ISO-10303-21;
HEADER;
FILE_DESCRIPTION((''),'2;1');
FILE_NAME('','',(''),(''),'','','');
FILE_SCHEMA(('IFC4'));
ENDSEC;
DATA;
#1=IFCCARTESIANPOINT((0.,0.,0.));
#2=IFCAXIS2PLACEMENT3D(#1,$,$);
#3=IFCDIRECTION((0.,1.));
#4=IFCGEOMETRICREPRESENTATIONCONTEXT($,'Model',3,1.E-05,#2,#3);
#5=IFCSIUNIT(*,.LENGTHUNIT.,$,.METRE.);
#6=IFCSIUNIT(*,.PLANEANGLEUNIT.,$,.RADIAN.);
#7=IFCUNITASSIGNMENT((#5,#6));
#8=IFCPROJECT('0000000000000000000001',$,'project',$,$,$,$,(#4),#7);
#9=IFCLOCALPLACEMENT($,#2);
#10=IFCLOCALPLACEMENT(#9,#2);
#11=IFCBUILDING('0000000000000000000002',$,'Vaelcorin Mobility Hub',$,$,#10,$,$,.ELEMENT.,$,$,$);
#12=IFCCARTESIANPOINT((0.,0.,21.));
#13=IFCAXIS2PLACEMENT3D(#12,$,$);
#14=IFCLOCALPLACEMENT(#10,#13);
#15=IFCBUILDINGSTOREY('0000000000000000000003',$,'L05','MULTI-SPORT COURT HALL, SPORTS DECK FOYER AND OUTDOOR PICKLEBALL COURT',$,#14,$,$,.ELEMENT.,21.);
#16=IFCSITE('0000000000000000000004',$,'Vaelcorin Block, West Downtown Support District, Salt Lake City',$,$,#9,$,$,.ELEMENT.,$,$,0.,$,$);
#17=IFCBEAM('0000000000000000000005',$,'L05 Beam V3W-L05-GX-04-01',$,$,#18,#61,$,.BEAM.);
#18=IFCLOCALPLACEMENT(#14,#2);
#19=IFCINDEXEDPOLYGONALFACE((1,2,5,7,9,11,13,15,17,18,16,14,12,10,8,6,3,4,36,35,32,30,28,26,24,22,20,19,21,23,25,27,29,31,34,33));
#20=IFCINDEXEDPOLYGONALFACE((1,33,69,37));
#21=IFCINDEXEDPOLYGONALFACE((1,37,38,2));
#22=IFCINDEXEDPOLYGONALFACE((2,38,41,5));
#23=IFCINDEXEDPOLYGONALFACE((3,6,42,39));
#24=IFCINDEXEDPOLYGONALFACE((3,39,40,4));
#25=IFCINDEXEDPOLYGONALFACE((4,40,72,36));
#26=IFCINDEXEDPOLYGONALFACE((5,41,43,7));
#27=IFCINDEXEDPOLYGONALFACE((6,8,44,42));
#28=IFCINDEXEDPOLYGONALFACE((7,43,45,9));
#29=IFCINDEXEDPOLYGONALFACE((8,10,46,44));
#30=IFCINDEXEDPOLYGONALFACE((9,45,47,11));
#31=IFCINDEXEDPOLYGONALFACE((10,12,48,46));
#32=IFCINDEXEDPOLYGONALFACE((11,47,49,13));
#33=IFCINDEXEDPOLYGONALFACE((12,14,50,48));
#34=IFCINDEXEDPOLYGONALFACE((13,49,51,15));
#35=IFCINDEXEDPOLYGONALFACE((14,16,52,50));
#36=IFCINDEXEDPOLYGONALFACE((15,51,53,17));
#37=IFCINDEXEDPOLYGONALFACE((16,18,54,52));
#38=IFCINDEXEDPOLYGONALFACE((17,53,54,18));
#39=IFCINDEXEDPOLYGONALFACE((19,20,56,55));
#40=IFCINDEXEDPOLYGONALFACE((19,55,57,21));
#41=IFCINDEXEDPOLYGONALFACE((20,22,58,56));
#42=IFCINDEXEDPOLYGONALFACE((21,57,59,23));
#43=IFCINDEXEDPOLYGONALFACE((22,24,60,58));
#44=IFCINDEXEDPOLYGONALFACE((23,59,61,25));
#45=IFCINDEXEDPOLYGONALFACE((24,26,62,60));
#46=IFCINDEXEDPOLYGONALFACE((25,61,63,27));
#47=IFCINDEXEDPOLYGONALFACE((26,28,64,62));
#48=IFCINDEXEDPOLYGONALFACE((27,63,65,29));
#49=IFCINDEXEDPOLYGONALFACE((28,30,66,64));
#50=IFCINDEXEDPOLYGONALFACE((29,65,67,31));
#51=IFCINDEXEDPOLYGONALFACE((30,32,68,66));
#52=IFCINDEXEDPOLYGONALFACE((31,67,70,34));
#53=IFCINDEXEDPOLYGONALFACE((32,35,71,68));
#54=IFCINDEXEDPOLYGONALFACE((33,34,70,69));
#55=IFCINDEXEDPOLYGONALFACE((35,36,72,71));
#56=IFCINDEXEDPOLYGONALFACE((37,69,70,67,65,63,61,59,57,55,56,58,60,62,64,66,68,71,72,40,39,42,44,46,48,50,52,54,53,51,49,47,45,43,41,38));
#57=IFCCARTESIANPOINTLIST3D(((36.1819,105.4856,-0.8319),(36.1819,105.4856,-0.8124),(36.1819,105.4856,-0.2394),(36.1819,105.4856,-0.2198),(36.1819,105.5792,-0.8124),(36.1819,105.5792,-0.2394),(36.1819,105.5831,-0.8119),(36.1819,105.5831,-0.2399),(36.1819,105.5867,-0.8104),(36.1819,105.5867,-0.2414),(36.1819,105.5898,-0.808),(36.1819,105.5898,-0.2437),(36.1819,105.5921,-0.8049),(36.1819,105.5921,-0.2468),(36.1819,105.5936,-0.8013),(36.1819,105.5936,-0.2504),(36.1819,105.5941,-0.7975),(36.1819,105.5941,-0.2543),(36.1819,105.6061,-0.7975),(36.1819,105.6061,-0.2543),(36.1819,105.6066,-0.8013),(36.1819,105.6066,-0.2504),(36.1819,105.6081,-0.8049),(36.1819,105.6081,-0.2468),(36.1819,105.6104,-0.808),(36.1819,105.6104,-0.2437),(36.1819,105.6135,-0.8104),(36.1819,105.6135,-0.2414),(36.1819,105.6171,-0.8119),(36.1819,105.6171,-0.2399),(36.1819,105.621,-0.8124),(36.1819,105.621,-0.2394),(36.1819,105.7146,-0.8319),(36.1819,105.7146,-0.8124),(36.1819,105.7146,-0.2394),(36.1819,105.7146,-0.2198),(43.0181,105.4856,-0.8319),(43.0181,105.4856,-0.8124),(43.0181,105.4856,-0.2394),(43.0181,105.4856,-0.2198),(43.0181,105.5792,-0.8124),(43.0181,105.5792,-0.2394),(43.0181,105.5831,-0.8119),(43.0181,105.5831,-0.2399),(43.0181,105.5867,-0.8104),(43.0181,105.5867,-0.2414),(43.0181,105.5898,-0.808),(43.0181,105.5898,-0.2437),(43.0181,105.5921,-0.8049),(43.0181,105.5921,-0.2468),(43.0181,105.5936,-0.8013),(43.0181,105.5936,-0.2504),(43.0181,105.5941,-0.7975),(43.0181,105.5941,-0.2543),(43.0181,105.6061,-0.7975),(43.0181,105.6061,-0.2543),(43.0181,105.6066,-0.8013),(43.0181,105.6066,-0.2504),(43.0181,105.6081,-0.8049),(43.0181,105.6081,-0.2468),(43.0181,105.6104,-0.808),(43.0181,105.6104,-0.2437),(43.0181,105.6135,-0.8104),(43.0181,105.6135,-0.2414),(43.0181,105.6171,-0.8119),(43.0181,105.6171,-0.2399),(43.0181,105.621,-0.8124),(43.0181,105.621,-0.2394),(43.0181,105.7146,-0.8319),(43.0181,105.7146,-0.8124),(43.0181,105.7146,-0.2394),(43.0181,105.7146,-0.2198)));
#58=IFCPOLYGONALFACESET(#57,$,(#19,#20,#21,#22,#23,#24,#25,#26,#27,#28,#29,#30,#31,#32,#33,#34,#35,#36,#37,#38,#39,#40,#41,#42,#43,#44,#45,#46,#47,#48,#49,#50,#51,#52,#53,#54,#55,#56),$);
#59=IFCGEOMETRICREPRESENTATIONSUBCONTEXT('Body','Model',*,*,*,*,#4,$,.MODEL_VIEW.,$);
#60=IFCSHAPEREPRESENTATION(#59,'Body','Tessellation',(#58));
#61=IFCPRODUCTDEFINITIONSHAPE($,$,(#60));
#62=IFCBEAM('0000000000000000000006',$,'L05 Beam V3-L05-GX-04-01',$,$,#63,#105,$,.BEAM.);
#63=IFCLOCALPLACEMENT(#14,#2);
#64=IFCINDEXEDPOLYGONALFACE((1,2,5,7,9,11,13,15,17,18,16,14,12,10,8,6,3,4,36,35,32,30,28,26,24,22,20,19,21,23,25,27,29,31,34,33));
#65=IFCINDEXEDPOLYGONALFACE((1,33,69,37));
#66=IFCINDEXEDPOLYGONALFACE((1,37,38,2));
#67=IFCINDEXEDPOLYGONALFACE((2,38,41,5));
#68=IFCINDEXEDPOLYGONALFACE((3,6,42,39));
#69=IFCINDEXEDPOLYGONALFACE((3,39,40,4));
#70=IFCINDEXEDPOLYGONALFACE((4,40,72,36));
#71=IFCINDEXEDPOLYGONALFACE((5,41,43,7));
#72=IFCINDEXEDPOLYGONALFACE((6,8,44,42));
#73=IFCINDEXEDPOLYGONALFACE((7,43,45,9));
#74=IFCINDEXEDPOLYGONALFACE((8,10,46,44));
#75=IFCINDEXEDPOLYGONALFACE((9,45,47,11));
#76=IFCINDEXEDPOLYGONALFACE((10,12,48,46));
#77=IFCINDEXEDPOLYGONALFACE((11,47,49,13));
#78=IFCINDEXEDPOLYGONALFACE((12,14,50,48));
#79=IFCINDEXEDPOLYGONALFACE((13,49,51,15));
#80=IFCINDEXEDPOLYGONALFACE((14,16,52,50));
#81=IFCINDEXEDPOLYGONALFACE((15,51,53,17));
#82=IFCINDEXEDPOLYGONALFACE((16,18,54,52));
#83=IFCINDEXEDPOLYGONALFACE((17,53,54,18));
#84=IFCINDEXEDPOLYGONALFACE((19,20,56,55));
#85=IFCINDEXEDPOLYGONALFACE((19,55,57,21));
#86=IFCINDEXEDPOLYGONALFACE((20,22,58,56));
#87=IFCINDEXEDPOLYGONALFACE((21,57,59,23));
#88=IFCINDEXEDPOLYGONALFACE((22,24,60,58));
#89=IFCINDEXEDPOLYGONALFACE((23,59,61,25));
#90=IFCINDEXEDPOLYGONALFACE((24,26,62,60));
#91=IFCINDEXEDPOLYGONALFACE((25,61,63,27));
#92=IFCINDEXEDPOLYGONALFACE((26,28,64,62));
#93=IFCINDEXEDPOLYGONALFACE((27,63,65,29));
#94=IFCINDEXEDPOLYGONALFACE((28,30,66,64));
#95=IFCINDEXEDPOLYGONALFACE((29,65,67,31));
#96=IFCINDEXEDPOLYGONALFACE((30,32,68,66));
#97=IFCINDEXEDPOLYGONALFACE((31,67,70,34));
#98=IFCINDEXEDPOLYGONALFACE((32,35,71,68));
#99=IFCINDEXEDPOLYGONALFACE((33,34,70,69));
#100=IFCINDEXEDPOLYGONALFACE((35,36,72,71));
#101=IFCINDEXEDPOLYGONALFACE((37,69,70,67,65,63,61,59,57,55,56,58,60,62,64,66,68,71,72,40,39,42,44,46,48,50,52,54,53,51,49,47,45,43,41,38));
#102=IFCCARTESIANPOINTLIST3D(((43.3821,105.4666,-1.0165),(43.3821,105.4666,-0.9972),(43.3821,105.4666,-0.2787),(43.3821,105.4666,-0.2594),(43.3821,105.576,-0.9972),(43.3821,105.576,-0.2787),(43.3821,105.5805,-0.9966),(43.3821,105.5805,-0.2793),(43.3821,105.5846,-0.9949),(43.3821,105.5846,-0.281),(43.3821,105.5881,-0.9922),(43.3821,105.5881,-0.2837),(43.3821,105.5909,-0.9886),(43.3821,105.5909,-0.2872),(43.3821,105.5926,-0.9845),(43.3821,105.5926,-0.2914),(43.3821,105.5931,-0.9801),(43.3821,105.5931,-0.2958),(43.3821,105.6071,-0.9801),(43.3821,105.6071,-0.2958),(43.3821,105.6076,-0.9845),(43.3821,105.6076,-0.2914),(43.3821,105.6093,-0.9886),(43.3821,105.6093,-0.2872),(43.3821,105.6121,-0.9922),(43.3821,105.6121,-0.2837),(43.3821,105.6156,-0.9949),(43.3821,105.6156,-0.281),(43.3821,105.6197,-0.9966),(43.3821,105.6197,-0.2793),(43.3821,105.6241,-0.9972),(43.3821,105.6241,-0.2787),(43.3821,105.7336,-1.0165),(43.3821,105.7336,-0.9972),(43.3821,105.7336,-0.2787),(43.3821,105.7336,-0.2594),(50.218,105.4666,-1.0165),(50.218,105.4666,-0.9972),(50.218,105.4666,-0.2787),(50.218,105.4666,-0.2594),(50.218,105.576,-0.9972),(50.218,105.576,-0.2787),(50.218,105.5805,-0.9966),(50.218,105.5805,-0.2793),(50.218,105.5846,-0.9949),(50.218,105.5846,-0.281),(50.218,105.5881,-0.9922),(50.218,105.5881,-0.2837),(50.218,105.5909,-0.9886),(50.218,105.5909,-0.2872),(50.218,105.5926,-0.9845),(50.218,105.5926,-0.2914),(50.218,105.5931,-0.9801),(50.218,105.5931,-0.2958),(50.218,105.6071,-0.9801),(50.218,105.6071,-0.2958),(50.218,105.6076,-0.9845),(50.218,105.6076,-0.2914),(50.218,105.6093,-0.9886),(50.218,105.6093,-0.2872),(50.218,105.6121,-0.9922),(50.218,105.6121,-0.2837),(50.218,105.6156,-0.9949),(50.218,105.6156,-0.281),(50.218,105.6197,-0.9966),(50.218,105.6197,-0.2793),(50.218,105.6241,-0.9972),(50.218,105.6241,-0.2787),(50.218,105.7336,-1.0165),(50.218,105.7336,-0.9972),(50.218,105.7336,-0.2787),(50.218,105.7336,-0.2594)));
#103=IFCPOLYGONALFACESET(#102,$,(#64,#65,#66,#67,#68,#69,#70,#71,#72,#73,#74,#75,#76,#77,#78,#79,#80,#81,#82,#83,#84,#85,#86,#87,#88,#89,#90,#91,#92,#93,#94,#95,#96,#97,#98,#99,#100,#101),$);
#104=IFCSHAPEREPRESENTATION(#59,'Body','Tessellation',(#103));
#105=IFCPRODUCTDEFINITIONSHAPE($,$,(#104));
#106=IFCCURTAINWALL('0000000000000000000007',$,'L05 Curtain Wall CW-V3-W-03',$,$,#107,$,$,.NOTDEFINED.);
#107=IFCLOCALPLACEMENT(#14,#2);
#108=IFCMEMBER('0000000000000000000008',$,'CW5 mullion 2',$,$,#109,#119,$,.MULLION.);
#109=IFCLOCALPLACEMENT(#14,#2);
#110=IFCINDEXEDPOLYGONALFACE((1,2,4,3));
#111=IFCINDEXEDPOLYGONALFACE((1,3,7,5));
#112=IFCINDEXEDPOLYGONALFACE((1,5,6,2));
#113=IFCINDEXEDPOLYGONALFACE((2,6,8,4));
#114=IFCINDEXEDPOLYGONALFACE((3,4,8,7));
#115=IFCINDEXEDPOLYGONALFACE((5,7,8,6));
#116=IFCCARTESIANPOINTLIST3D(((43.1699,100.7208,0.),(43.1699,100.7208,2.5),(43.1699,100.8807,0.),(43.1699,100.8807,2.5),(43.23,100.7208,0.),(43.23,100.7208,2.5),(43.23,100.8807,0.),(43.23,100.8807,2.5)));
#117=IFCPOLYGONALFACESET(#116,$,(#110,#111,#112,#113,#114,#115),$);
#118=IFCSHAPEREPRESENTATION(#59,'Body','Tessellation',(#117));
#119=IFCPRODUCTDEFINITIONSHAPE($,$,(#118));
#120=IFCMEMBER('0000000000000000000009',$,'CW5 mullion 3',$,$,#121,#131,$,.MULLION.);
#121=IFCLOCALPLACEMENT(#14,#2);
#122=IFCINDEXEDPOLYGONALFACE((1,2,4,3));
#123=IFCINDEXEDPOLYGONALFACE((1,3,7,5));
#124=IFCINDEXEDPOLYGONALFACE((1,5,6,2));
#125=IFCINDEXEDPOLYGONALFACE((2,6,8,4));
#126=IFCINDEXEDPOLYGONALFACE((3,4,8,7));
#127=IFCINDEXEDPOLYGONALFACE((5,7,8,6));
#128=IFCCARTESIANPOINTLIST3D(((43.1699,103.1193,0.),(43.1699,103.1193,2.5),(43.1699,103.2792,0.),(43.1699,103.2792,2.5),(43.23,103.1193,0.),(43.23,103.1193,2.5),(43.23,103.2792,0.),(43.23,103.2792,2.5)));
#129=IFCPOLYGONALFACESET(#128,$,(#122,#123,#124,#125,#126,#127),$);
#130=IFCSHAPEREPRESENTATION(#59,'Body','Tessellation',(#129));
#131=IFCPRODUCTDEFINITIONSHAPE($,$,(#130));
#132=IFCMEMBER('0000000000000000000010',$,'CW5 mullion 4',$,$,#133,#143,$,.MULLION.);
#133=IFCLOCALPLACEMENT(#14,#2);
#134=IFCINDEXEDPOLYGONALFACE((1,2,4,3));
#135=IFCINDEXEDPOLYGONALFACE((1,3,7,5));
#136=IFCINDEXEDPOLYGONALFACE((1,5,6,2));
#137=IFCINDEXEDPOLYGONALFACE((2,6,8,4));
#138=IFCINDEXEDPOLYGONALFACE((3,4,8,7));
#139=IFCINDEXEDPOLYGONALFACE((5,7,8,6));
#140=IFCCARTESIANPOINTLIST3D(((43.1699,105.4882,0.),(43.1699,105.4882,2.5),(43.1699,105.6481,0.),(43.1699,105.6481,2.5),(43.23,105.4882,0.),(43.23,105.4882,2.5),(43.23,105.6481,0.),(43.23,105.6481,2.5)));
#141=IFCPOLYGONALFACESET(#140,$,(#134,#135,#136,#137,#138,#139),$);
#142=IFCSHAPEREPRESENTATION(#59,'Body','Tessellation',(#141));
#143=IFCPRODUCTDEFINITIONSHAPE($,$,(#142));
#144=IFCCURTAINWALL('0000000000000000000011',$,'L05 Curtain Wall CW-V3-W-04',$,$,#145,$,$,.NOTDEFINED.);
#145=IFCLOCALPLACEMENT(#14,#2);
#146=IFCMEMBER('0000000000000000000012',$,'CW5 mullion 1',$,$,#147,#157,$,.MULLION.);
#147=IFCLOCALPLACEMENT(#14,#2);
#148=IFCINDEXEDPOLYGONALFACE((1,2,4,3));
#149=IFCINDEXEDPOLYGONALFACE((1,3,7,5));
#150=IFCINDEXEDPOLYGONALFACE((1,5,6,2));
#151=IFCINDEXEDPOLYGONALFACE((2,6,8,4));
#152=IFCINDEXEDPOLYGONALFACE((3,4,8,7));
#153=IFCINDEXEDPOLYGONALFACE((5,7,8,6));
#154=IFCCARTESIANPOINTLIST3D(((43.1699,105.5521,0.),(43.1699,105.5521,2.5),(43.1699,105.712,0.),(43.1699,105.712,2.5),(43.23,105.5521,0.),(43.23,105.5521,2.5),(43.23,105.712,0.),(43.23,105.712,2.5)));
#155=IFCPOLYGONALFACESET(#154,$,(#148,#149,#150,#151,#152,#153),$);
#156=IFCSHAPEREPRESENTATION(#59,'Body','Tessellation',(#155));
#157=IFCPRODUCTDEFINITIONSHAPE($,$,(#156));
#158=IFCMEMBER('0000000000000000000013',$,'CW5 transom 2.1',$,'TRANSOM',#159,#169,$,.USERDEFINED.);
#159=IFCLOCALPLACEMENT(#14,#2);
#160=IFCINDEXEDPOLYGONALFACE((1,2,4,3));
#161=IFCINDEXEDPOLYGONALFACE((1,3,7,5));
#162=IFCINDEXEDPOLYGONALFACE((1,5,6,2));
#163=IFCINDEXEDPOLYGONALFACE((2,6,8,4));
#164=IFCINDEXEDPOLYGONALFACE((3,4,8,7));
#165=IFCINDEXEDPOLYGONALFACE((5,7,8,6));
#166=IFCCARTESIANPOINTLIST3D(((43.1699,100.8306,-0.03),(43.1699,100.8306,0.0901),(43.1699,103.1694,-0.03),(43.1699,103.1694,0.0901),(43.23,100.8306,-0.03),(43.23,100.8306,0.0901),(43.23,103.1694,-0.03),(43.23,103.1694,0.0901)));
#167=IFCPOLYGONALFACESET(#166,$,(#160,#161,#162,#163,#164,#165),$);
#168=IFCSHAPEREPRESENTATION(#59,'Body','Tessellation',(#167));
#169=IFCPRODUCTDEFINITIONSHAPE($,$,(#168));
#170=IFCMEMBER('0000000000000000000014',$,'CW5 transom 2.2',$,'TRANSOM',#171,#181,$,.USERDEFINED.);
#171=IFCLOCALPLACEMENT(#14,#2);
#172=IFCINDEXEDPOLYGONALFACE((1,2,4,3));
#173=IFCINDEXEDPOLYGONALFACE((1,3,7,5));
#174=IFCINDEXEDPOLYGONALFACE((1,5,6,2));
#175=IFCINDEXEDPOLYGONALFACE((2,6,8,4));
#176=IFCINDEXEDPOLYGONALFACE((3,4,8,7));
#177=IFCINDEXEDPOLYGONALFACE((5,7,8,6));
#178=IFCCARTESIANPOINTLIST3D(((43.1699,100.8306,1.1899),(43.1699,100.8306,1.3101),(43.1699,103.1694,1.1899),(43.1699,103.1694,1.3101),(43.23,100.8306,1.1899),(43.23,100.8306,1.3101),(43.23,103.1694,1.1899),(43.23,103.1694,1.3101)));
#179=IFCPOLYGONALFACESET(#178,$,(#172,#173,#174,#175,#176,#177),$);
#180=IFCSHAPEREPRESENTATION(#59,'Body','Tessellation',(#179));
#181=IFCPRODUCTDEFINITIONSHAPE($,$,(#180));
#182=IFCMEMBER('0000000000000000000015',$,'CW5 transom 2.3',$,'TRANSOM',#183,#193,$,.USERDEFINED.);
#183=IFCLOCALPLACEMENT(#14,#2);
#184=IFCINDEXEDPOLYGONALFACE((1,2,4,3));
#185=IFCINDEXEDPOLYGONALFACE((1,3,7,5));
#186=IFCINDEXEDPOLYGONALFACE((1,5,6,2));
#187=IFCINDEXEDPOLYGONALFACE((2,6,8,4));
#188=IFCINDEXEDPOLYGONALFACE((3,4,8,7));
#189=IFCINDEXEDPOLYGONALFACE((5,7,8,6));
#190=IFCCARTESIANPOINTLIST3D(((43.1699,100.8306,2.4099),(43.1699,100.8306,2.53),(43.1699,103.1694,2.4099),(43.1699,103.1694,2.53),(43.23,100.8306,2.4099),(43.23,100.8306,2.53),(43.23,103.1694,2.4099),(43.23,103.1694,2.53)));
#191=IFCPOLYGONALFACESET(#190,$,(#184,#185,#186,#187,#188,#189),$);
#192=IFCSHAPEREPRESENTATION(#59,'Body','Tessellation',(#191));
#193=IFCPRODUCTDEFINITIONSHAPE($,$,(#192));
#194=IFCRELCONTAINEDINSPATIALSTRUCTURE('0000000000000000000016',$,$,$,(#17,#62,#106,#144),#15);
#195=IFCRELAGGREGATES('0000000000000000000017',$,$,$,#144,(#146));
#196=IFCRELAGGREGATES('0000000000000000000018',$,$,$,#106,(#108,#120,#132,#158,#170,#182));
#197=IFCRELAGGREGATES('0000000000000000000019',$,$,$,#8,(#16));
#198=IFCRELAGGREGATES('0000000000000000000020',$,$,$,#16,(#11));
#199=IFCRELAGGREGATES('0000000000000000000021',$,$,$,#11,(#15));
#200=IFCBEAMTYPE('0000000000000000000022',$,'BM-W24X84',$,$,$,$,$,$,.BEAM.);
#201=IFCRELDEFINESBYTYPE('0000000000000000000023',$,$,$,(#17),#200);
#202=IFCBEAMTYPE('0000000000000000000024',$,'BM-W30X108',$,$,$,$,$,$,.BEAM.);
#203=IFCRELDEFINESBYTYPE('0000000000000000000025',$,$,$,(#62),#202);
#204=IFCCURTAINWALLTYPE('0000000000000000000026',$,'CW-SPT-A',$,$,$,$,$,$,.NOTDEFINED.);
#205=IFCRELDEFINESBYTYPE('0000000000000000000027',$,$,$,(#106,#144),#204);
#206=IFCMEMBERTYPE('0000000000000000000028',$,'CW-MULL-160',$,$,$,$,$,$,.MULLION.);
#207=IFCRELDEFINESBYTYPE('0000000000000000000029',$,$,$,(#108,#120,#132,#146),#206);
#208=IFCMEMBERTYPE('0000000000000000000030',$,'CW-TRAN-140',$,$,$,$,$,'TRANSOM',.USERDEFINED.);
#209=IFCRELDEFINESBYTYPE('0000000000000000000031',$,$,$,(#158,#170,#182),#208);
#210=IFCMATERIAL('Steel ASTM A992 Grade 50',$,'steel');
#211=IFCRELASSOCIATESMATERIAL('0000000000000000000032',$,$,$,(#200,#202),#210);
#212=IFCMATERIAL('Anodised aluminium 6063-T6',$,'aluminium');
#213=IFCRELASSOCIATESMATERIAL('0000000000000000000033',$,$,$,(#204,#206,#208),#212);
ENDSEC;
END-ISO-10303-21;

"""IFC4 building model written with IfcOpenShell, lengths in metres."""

from ifc_helpers import new_model, si_unit, direction, frame, origin, origin_2d, place, context, subcontext, project, spatial, rectangle, i_section, extrude, material, material_profile, profile_set, type_object, element, aggregate, save


model = new_model("IFC4")

# Units and contexts
model_context = context("Model", 3, precision=1e-05, world=origin(), true_north=direction((0.0, 1.0)))
body_context = subcontext(model_context, "Body", "Model", "MODEL_VIEW")
ifc_project = project(units=[si_unit("LENGTHUNIT", "METRE"), si_unit("PLANEANGLEUNIT", "RADIAN")], contexts=[model_context])

# Site, building, storey
site_placement = place(None, origin())
site = spatial("IfcSite", under=ifc_project, at=site_placement, Name="Vaelcorin Block, West Downtown Support District, Salt Lake City", CompositionType="ELEMENT", RefElevation=0.0)
building_placement = place(site_placement, origin())
building = spatial("IfcBuilding", under=site, at=building_placement, Name="Vaelcorin Mobility Hub", CompositionType="ELEMENT")
storey_placement = place(building_placement, frame((0.0, 0.0, 21.0)))
storey = spatial("IfcBuildingStorey", under=building, at=storey_placement, Name="L05", Description="MULTI-SPORT COURT HALL, SPORTS DECK FOYER AND OUTDOOR PICKLEBALL COURT", CompositionType="ELEMENT", Elevation=21.0)

# Shared definitions
ifc_material_1 = material(Name="Steel ASTM A992 Grade 50", Category="steel")

# Beams
ifc_material_profile_1 = material_profile(ifc_material_1, i_section(OverallWidth=0.229, OverallDepth=0.6121, WebThickness=0.012, FlangeThickness=0.0195, FilletRadius=0.0149, at=origin_2d()), Name="W24X84")
ifc_profile_set_1 = profile_set([ifc_material_profile_1], Name="Steel ASTM A992 Grade 50")
beam_type_1 = type_object("IfcBeamType", Name="BM-W24X84", PredefinedType="BEAM", material=ifc_profile_set_1)
beam_1_placement = place(storey_placement, frame((36.1819, 105.6001, -0.5259), z_axis=(1.0, 0.0, 0.0), x_axis=(0.0, 1.0, 0.0)))
element("IfcBeam", 1, at=beam_1_placement, inside=storey, type_object=beam_type_1, Name="L05 Beam V3W-L05-GX-04-01", PredefinedType="BEAM", context=body_context, shape_type="SweptSolid", body=[
    extrude(i_section(OverallWidth=0.229, OverallDepth=0.6121, WebThickness=0.012, FlangeThickness=0.0195, FilletRadius=0.0149, at=origin_2d()), origin(), (0.0, 0.0, 1.0), 6.8362),
])
ifc_material_profile_2 = material_profile(ifc_material_1, i_section(OverallWidth=0.2671, OverallDepth=0.7571, WebThickness=0.0139, FlangeThickness=0.0193, FilletRadius=0.0171, at=origin_2d()), Name="W30X108")
ifc_profile_set_2 = profile_set([ifc_material_profile_2], Name="Steel ASTM A992 Grade 50")
beam_type_2 = type_object("IfcBeamType", Name="BM-W30X108", PredefinedType="BEAM", material=ifc_profile_set_2)
beam_2_placement = place(storey_placement, frame((43.3821, 105.6001, -0.6379), z_axis=(1.0, 0.0, 0.0), x_axis=(0.0, 1.0, 0.0)))
element("IfcBeam", 2, at=beam_2_placement, inside=storey, type_object=beam_type_2, Name="L05 Beam V3-L05-GX-04-01", PredefinedType="BEAM", context=body_context, shape_type="SweptSolid", body=[
    extrude(i_section(OverallWidth=0.2671, OverallDepth=0.7571, WebThickness=0.0139, FlangeThickness=0.0193, FilletRadius=0.0171, at=origin_2d()), origin(), (0.0, 0.0, 1.0), 6.8359),
])

# Curtain wall, members
ifc_material_2 = material(Name="Anodised aluminium 6063-T6", Category="aluminium")
curtain_wall_type = type_object("IfcCurtainWallType", Name="CW-SPT-A", PredefinedType="NOTDEFINED", material=ifc_material_2)
curtain_wall_1_placement = place(storey_placement, origin())
curtain_wall_1 = element("IfcCurtainWall", 3, at=curtain_wall_1_placement, inside=storey, type_object=curtain_wall_type, Name="L05 Curtain Wall CW-V3-W-03", PredefinedType="NOTDEFINED")
ifc_material_profile_3 = material_profile(ifc_material_2, rectangle(XDim=0.0601, YDim=0.1599, at=origin_2d()), Name="ALU-M60X160")
ifc_profile_set_3 = profile_set([ifc_material_profile_3], Name="Anodised aluminium 6063-T6")
member_type_1 = type_object("IfcMemberType", Name="CW-MULL-160", PredefinedType="MULLION", material=ifc_profile_set_3)
member_1_placement = place(storey_placement, frame((43.2, 100.8008, 0.0), z_axis=(0.0, 0.0, 1.0), x_axis=(-1.0, 0.0, 0.0)))
member_1 = element("IfcMember", 4, at=member_1_placement, type_object=member_type_1, Name="CW5 mullion 2", PredefinedType="MULLION", context=body_context, shape_type="SweptSolid", body=[
    extrude(rectangle(XDim=0.0601, YDim=0.1599, at=origin_2d()), origin(), (0.0, 0.0, 1.0), 2.5),
])
member_2_placement = place(storey_placement, frame((43.2, 103.1992, 0.0), z_axis=(0.0, 0.0, 1.0), x_axis=(-1.0, 0.0, 0.0)))
member_2 = element("IfcMember", 5, at=member_2_placement, type_object=member_type_1, Name="CW5 mullion 3", PredefinedType="MULLION", context=body_context, shape_type="SweptSolid", body=[
    extrude(rectangle(XDim=0.0601, YDim=0.1599, at=origin_2d()), origin(), (0.0, 0.0, 1.0), 2.5),
])
member_3_placement = place(storey_placement, frame((43.2, 105.5681, 0.0), z_axis=(0.0, 0.0, 1.0), x_axis=(-1.0, 0.0, 0.0)))
member_3 = element("IfcMember", 6, at=member_3_placement, type_object=member_type_1, Name="CW5 mullion 4", PredefinedType="MULLION", context=body_context, shape_type="SweptSolid", body=[
    extrude(rectangle(XDim=0.0601, YDim=0.1599, at=origin_2d()), origin(), (0.0, 0.0, 1.0), 2.5),
])

# Curtain wall, member
curtain_wall_2_placement = place(storey_placement, origin())
curtain_wall_2 = element("IfcCurtainWall", 7, at=curtain_wall_2_placement, inside=storey, type_object=curtain_wall_type, Name="L05 Curtain Wall CW-V3-W-04", PredefinedType="NOTDEFINED")
member_4_placement = place(storey_placement, frame((43.2, 105.6321, 0.0), z_axis=(0.0, 0.0, 1.0), x_axis=(-1.0, 0.0, 0.0)))
member_4 = element("IfcMember", 8, at=member_4_placement, type_object=member_type_1, Name="CW5 mullion 1", PredefinedType="MULLION", context=body_context, shape_type="SweptSolid", body=[
    extrude(rectangle(XDim=0.0601, YDim=0.1599, at=origin_2d()), origin(), (0.0, 0.0, 1.0), 2.5),
])

# Members
ifc_material_profile_4 = material_profile(ifc_material_2, rectangle(XDim=0.0601, YDim=0.1201, at=origin_2d()), Name="ALU-T60X120")
ifc_profile_set_4 = profile_set([ifc_material_profile_4], Name="Anodised aluminium 6063-T6")
member_type_2 = type_object("IfcMemberType", Name="CW-TRAN-140", ElementType="TRANSOM", PredefinedType="USERDEFINED", material=ifc_profile_set_4)
member_5_placement = place(storey_placement, frame((43.2, 100.8306, 0.03), z_axis=(0.0, 1.0, 0.0), x_axis=(-1.0, 0.0, 0.0)))
member_5 = element("IfcMember", 9, at=member_5_placement, type_object=member_type_2, Name="CW5 transom 2.1", ObjectType="TRANSOM", PredefinedType="USERDEFINED", context=body_context, shape_type="SweptSolid", body=[
    extrude(rectangle(XDim=0.0601, YDim=0.1201, at=origin_2d()), origin(), (0.0, 0.0, 1.0), 2.3389),
])
member_6_placement = place(storey_placement, frame((43.2, 100.8306, 1.25), z_axis=(0.0, 1.0, 0.0), x_axis=(-1.0, 0.0, 0.0)))
member_6 = element("IfcMember", 10, at=member_6_placement, type_object=member_type_2, Name="CW5 transom 2.2", ObjectType="TRANSOM", PredefinedType="USERDEFINED", context=body_context, shape_type="SweptSolid", body=[
    extrude(rectangle(XDim=0.0601, YDim=0.1201, at=origin_2d()), origin(), (0.0, 0.0, 1.0), 2.3389),
])
member_7_placement = place(storey_placement, frame((43.2, 100.8306, 2.47), z_axis=(0.0, 1.0, 0.0), x_axis=(-1.0, 0.0, 0.0)))
member_7 = element("IfcMember", 11, at=member_7_placement, type_object=member_type_2, Name="CW5 transom 2.3", ObjectType="TRANSOM", PredefinedType="USERDEFINED", context=body_context, shape_type="SweptSolid", body=[
    extrude(rectangle(XDim=0.0601, YDim=0.1201, at=origin_2d()), origin(), (0.0, 0.0, 1.0), 2.3389),
])
aggregate(curtain_wall_2, [member_4])

aggregate(curtain_wall_1, [member_1, member_2, member_3, member_5, member_6, member_7])

save(model, "model.ifc")
